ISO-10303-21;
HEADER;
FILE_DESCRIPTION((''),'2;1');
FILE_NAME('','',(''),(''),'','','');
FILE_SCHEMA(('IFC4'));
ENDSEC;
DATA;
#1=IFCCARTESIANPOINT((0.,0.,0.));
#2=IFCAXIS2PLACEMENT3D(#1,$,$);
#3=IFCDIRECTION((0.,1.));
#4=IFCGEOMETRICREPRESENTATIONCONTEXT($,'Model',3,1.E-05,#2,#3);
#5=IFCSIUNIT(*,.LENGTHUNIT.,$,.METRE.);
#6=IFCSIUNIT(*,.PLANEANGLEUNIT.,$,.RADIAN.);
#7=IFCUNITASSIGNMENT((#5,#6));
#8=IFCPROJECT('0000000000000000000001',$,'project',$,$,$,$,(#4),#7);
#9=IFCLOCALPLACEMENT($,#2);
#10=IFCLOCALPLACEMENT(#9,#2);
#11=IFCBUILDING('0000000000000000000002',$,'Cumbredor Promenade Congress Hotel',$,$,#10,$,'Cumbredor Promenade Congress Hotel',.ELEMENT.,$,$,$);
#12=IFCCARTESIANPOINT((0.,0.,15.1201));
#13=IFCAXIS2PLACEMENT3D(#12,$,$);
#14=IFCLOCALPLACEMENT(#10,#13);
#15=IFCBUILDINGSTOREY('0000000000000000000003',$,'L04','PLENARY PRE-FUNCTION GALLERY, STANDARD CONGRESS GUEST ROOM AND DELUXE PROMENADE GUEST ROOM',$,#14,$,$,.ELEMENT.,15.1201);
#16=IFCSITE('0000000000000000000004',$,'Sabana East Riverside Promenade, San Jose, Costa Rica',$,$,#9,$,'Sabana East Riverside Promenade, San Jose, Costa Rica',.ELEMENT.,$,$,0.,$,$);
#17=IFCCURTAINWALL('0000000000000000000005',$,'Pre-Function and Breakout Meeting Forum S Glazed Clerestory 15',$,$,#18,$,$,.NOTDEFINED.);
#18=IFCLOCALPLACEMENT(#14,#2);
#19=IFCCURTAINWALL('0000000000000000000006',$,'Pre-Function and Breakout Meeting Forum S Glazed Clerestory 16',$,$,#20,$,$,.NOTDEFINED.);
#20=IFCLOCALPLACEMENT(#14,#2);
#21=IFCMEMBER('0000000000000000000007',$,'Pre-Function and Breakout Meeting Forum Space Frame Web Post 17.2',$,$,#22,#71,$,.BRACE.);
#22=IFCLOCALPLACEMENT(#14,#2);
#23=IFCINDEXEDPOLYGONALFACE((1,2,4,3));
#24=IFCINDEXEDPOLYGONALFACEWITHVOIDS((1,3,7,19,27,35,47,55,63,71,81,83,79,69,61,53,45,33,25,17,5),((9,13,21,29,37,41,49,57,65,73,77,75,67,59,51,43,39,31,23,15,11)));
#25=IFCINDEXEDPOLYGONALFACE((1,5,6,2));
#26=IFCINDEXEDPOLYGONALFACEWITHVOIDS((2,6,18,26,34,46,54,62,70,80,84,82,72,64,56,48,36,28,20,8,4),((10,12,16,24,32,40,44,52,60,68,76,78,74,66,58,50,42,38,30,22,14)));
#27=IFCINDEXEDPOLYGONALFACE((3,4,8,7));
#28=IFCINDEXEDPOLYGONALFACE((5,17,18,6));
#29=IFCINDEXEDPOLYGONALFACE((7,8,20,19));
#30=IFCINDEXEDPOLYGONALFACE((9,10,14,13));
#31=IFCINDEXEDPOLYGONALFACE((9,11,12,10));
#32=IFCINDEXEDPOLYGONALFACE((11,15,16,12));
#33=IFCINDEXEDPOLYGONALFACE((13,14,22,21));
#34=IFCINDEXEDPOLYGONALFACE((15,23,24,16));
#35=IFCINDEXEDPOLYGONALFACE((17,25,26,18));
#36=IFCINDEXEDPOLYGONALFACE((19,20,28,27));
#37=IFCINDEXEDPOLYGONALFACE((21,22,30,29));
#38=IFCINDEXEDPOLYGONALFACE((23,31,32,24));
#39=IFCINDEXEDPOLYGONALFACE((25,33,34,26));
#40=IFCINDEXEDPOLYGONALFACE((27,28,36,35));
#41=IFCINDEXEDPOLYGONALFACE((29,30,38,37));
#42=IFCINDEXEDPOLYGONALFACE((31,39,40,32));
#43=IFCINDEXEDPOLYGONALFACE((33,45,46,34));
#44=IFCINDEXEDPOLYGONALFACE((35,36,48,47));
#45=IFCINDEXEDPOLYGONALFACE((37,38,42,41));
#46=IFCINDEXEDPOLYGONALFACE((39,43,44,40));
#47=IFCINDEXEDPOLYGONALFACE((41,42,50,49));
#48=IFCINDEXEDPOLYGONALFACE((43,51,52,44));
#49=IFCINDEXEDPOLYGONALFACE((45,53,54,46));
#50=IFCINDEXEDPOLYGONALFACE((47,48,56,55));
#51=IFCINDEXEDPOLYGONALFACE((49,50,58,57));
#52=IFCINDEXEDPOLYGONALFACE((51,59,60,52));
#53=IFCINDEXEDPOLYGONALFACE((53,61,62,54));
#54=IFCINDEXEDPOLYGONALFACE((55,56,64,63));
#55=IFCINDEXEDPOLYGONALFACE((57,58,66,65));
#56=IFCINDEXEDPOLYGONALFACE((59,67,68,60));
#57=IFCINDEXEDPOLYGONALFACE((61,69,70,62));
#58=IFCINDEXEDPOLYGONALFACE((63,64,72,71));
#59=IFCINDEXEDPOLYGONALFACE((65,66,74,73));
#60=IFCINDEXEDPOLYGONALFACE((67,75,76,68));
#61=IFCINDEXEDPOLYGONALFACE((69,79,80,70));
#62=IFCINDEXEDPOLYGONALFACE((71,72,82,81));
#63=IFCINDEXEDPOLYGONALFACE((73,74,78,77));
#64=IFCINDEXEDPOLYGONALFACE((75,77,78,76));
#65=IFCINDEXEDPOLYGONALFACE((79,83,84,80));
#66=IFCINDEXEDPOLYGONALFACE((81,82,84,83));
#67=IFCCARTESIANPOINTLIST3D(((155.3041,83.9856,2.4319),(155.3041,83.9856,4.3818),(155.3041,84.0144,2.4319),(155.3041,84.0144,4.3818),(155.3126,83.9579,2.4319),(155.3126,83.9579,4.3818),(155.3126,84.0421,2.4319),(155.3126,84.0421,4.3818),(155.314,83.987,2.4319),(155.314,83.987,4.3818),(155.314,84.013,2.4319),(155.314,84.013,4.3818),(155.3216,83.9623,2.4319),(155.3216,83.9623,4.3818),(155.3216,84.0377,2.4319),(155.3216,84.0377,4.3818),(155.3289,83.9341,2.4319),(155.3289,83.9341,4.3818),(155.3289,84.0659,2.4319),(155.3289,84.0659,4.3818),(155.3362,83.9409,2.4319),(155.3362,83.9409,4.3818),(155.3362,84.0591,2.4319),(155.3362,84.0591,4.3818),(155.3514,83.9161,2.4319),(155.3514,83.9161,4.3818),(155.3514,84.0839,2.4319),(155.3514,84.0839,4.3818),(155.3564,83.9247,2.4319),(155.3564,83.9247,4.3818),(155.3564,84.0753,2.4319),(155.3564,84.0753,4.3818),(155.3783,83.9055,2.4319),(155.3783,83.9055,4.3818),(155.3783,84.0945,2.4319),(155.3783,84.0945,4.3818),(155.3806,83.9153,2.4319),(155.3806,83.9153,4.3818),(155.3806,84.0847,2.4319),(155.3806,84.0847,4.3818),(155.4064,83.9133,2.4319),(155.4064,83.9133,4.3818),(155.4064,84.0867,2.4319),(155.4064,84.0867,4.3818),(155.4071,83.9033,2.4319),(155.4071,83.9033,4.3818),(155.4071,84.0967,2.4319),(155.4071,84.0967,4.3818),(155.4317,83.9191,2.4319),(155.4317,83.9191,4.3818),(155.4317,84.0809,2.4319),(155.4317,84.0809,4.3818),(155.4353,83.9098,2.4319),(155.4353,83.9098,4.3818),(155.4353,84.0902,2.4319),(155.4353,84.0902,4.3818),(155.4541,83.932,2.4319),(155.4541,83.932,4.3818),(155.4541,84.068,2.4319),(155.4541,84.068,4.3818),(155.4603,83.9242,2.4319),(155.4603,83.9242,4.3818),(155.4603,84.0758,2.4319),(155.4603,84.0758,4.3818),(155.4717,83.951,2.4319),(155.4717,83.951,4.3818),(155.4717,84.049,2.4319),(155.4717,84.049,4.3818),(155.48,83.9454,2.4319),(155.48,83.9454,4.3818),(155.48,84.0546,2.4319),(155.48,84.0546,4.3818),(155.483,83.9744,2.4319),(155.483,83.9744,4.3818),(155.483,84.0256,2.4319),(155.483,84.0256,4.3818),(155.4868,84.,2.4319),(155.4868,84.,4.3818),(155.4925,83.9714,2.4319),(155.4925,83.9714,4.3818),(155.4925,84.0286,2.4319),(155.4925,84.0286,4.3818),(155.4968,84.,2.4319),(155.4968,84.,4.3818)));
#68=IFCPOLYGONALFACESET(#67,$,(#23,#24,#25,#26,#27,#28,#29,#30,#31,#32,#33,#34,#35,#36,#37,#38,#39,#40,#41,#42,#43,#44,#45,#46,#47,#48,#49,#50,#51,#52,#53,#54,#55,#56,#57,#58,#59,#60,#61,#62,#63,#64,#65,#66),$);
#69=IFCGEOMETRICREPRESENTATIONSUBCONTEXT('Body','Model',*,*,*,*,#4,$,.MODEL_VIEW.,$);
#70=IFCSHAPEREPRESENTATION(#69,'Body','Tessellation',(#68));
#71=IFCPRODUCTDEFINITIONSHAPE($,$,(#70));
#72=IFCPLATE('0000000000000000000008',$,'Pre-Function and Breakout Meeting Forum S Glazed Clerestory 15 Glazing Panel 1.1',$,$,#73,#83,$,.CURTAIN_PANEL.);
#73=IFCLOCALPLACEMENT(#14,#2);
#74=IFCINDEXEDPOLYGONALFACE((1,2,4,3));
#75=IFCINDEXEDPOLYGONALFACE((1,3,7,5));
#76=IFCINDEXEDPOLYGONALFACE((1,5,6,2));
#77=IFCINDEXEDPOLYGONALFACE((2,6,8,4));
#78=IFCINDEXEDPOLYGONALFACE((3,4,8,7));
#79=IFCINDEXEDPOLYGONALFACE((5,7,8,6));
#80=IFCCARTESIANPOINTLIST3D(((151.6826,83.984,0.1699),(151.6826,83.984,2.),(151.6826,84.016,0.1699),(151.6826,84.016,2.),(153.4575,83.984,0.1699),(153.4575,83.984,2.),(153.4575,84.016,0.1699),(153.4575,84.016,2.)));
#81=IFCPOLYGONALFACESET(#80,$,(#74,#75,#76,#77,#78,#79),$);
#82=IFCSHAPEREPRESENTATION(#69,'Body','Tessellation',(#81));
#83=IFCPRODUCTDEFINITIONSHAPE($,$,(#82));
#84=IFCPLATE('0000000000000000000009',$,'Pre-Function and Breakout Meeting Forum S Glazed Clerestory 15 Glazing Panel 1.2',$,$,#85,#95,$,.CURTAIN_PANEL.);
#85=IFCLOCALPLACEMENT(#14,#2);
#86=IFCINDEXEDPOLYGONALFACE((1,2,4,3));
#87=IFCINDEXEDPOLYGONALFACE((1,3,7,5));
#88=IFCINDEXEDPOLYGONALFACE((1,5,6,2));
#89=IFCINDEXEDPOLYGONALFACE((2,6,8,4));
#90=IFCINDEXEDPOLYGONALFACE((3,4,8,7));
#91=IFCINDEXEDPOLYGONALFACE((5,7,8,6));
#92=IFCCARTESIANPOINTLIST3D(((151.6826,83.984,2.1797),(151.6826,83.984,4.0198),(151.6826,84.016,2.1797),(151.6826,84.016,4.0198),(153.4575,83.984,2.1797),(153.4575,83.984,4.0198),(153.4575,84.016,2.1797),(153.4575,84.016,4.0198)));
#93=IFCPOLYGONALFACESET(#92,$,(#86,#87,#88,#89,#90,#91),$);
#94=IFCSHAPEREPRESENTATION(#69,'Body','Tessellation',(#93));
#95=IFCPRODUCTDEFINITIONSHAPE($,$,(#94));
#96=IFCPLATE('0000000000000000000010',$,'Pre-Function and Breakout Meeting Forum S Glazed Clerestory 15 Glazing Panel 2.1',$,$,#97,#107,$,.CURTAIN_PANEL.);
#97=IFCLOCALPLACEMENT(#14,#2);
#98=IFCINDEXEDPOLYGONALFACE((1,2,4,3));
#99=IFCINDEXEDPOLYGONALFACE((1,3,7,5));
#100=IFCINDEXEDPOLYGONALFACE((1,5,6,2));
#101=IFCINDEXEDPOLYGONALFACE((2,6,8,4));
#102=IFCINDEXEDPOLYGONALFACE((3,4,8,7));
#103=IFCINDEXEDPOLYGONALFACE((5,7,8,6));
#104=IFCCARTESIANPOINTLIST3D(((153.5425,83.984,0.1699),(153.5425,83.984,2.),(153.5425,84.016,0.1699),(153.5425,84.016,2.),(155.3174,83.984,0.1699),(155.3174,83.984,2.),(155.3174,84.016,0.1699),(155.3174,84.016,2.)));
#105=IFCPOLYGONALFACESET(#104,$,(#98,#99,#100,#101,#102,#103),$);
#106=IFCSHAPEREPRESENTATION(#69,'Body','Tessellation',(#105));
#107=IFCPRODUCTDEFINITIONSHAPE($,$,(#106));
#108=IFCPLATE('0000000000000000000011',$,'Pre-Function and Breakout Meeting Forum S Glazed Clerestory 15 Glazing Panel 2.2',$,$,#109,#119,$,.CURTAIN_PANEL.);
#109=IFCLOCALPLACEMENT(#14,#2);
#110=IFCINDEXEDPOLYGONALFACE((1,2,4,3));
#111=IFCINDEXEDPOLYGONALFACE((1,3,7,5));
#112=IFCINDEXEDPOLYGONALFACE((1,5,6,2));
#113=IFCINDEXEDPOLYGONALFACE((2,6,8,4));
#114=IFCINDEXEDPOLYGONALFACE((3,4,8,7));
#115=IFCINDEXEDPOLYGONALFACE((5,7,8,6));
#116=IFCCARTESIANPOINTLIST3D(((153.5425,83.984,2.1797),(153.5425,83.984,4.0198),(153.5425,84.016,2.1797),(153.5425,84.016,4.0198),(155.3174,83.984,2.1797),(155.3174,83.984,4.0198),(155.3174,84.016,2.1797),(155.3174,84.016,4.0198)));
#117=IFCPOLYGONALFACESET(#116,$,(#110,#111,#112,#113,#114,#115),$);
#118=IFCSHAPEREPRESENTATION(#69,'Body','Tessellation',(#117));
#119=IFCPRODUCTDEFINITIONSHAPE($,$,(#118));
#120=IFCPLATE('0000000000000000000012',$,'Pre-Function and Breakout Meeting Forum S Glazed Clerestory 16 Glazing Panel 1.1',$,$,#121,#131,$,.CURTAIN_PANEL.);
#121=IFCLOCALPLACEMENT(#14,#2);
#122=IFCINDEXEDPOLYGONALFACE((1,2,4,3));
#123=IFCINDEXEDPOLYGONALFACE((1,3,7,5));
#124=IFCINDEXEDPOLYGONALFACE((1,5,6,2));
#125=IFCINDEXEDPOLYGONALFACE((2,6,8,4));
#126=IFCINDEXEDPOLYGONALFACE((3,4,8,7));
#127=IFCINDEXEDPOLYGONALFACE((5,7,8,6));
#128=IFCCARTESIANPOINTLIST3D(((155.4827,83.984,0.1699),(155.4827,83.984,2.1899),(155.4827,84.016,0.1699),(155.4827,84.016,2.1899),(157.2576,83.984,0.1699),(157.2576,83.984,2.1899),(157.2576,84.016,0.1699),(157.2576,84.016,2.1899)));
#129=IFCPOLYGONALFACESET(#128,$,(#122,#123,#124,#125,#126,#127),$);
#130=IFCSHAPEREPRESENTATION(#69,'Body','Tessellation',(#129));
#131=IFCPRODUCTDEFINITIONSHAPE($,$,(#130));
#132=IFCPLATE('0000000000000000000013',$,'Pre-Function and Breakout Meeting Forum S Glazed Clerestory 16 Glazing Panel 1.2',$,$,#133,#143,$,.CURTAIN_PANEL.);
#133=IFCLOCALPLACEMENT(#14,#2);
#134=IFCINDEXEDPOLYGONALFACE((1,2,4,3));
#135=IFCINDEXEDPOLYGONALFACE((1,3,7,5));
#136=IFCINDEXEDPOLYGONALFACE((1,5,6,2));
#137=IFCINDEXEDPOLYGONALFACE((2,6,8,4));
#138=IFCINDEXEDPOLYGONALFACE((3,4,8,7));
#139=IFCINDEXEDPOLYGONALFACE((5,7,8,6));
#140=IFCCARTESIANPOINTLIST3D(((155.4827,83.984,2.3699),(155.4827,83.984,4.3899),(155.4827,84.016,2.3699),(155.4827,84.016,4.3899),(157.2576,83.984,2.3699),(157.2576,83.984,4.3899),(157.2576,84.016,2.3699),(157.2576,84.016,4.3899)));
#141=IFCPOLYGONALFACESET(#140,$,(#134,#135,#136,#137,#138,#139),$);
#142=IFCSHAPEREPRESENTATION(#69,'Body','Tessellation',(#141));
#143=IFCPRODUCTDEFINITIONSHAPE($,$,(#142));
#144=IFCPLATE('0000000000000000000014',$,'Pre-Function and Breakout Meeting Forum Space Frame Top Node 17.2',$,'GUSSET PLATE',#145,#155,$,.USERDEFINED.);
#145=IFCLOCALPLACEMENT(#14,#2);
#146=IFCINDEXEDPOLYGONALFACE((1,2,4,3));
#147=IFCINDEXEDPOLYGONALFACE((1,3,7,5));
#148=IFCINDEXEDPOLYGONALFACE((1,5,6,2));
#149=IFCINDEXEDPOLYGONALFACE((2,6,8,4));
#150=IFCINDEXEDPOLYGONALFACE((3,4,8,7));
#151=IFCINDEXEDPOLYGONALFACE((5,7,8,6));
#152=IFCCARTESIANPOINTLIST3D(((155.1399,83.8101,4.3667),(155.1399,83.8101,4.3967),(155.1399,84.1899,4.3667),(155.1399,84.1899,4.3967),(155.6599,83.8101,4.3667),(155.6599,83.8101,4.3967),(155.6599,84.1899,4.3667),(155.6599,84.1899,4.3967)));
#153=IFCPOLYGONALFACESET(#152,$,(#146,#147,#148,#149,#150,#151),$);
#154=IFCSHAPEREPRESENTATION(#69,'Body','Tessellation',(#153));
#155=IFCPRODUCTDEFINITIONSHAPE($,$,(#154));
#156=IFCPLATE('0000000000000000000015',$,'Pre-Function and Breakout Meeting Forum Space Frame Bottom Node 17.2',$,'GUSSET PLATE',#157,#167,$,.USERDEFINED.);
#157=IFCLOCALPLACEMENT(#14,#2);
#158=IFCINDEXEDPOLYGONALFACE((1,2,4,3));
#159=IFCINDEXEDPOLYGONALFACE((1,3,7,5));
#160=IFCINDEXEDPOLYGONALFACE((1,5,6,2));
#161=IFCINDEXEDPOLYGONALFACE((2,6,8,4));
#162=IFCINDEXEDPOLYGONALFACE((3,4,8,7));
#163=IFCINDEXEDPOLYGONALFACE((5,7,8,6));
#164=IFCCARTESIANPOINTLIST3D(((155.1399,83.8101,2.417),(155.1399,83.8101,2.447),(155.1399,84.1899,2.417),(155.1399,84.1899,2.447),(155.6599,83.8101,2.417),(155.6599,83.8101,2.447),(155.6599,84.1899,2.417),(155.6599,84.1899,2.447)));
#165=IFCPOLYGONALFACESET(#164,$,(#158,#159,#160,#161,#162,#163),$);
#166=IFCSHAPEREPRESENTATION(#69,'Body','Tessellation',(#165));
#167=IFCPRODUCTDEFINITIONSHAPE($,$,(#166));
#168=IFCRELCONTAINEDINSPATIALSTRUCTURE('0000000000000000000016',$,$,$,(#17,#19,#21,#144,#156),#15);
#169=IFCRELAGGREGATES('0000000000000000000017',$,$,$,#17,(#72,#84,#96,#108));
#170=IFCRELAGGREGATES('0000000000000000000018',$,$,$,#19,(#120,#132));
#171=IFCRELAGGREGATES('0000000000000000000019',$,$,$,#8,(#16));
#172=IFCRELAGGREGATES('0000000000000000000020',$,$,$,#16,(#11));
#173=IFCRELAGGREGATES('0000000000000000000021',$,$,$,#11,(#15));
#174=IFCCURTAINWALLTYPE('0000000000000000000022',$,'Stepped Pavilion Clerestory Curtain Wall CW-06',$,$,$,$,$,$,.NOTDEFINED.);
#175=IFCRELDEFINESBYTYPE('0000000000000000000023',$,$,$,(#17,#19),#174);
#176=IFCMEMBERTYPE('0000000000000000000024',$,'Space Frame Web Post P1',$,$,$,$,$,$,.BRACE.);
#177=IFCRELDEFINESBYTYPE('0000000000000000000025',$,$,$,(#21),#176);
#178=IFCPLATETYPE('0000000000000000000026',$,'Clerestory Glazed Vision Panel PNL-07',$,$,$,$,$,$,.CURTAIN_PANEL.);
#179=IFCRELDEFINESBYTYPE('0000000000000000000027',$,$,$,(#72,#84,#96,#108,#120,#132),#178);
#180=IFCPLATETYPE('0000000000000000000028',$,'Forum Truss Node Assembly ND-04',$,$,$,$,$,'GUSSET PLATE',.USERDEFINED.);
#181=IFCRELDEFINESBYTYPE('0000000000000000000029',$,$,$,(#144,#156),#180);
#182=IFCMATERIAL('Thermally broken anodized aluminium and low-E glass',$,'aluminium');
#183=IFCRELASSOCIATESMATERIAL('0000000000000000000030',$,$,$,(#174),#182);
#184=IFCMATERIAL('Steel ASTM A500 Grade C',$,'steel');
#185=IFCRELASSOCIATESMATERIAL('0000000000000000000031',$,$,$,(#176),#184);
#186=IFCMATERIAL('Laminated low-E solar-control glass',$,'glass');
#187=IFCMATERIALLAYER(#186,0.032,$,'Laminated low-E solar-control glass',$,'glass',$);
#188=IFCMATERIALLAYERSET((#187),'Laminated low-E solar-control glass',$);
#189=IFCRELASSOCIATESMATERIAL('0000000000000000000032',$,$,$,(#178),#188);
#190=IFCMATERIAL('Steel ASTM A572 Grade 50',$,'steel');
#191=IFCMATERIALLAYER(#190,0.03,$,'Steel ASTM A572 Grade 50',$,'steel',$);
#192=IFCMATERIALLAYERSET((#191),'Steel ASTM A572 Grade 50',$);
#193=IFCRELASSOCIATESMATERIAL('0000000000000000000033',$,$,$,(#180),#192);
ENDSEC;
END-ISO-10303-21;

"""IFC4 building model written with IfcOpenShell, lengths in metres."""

from ifc_helpers import new_model, si_unit, direction, frame, origin, origin_2d, place, context, subcontext, project, spatial, rectangle, hollow_circle, extrude, material, layer, layer_set, material_profile, profile_set, type_object, element, aggregate, save


model = new_model("IFC4")

# Units and contexts
model_context = context("Model", 3, precision=1e-05, world=origin(), true_north=direction((0.0, 1.0)))
body_context = subcontext(model_context, "Body", "Model", "MODEL_VIEW")
ifc_project = project(units=[si_unit("LENGTHUNIT", "METRE"), si_unit("PLANEANGLEUNIT", "RADIAN")], contexts=[model_context])

# Site, building, storey
site_placement = place(None, origin())
site = spatial("IfcSite", under=ifc_project, at=site_placement, Name="Sabana East Riverside Promenade, San Jose, Costa Rica", LongName="Sabana East Riverside Promenade, San Jose, Costa Rica", CompositionType="ELEMENT", RefElevation=0.0)
building_placement = place(site_placement, origin())
building = spatial("IfcBuilding", under=site, at=building_placement, Name="Cumbredor Promenade Congress Hotel", LongName="Cumbredor Promenade Congress Hotel", CompositionType="ELEMENT")
storey_placement = place(building_placement, frame((0.0, 0.0, 15.1201)))
storey = spatial("IfcBuildingStorey", under=building, at=storey_placement, Name="L04", Description="PLENARY PRE-FUNCTION GALLERY, STANDARD CONGRESS GUEST ROOM AND DELUXE PROMENADE GUEST ROOM", CompositionType="ELEMENT", Elevation=15.1201)

# Curtain wall
ifc_material_1 = material(Name="Thermally broken anodized aluminium and low-E glass", Category="aluminium")
curtain_wall_type = type_object("IfcCurtainWallType", Name="Stepped Pavilion Clerestory Curtain Wall CW-06", PredefinedType="NOTDEFINED", material=ifc_material_1)
curtain_wall_1_placement = place(storey_placement, origin())
curtain_wall_1 = element("IfcCurtainWall", 1, at=curtain_wall_1_placement, inside=storey, type_object=curtain_wall_type, Name="Pre-Function and Breakout Meeting Forum S Glazed Clerestory 15", PredefinedType="NOTDEFINED")

# Curtain wall
curtain_wall_2_placement = place(storey_placement, origin())
curtain_wall_2 = element("IfcCurtainWall", 2, at=curtain_wall_2_placement, inside=storey, type_object=curtain_wall_type, Name="Pre-Function and Breakout Meeting Forum S Glazed Clerestory 16", PredefinedType="NOTDEFINED")

# Member
ifc_material_2 = material(Name="Steel ASTM A500 Grade C", Category="steel")
ifc_material_profile_1 = material_profile(ifc_material_2, hollow_circle(Radius=0.0969, WallThickness=0.01, at=origin_2d()), Name="CHS 193.7x10")
ifc_profile_set_1 = profile_set([ifc_material_profile_1], Name="Steel ASTM A500 Grade C")
member_type_1 = type_object("IfcMemberType", Name="Space Frame Web Post P1", PredefinedType="BRACE", material=ifc_profile_set_1)
member_1_placement = place(storey_placement, frame((155.3999, 84.0, 2.4319), z_axis=(0.0, 0.0, 1.0), x_axis=(1.0, 0.0, 0.0)))
element("IfcMember", 3, at=member_1_placement, inside=storey, type_object=member_type_1, Name="Pre-Function and Breakout Meeting Forum Space Frame Web Post 17.2", PredefinedType="BRACE", context=body_context, shape_type="SweptSolid", body=[
    extrude(hollow_circle(Radius=0.0969, WallThickness=0.01, at=origin_2d()), origin(), (0.0, 0.0, 1.0), 1.95),
])

# Plates
ifc_material_3 = material(Name="Laminated low-E solar-control glass", Category="glass")
ifc_layer_1 = layer(ifc_material_3, 0.032, Name="Laminated low-E solar-control glass", Category="glass")
ifc_layer_set_1 = layer_set([ifc_layer_1], Name="Laminated low-E solar-control glass")
plate_type_1 = type_object("IfcPlateType", Name="Clerestory Glazed Vision Panel PNL-07", PredefinedType="CURTAIN_PANEL", material=ifc_layer_set_1)
plate_1_placement = place(storey_placement, frame((152.5701, 84.0, 0.1699), z_axis=(0.0, 0.0, 1.0), x_axis=(1.0, 0.0, 0.0)))
plate_1 = element("IfcPlate", 4, at=plate_1_placement, type_object=plate_type_1, Name="Pre-Function and Breakout Meeting Forum S Glazed Clerestory 15 Glazing Panel 1.1", PredefinedType="CURTAIN_PANEL", context=body_context, shape_type="SweptSolid", body=[
    extrude(rectangle(XDim=1.7749, YDim=0.032, at=origin_2d()), origin(), (0.0, 0.0, 1.0), 1.8301),
])
plate_2_placement = place(storey_placement, frame((152.5701, 84.0, 2.1797), z_axis=(0.0, 0.0, 1.0), x_axis=(1.0, 0.0, 0.0)))
plate_2 = element("IfcPlate", 5, at=plate_2_placement, type_object=plate_type_1, Name="Pre-Function and Breakout Meeting Forum S Glazed Clerestory 15 Glazing Panel 1.2", PredefinedType="CURTAIN_PANEL", context=body_context, shape_type="SweptSolid", body=[
    extrude(rectangle(XDim=1.7749, YDim=0.032, at=origin_2d()), origin(), (0.0, 0.0, 1.0), 1.8401),
])
plate_3_placement = place(storey_placement, frame((154.4299, 84.0, 0.1699), z_axis=(0.0, 0.0, 1.0), x_axis=(1.0, 0.0, 0.0)))
plate_3 = element("IfcPlate", 6, at=plate_3_placement, type_object=plate_type_1, Name="Pre-Function and Breakout Meeting Forum S Glazed Clerestory 15 Glazing Panel 2.1", PredefinedType="CURTAIN_PANEL", context=body_context, shape_type="SweptSolid", body=[
    extrude(rectangle(XDim=1.7749, YDim=0.032, at=origin_2d()), origin(), (0.0, 0.0, 1.0), 1.8301),
])
plate_4_placement = place(storey_placement, frame((154.4299, 84.0, 2.1797), z_axis=(0.0, 0.0, 1.0), x_axis=(1.0, 0.0, 0.0)))
plate_4 = element("IfcPlate", 7, at=plate_4_placement, type_object=plate_type_1, Name="Pre-Function and Breakout Meeting Forum S Glazed Clerestory 15 Glazing Panel 2.2", PredefinedType="CURTAIN_PANEL", context=body_context, shape_type="SweptSolid", body=[
    extrude(rectangle(XDim=1.7749, YDim=0.032, at=origin_2d()), origin(), (0.0, 0.0, 1.0), 1.8401),
])
aggregate(curtain_wall_1, [plate_1, plate_2, plate_3, plate_4])
plate_5_placement = place(storey_placement, frame((156.3701, 84.0, 0.1699), z_axis=(0.0, 0.0, 1.0), x_axis=(1.0, 0.0, 0.0)))
plate_5 = element("IfcPlate", 8, at=plate_5_placement, type_object=plate_type_1, Name="Pre-Function and Breakout Meeting Forum S Glazed Clerestory 16 Glazing Panel 1.1", PredefinedType="CURTAIN_PANEL", context=body_context, shape_type="SweptSolid", body=[
    extrude(rectangle(XDim=1.7749, YDim=0.032, at=origin_2d()), origin(), (0.0, 0.0, 1.0), 2.02),
])
plate_6_placement = place(storey_placement, frame((156.3701, 84.0, 2.3699), z_axis=(0.0, 0.0, 1.0), x_axis=(1.0, 0.0, 0.0)))
plate_6 = element("IfcPlate", 9, at=plate_6_placement, type_object=plate_type_1, Name="Pre-Function and Breakout Meeting Forum S Glazed Clerestory 16 Glazing Panel 1.2", PredefinedType="CURTAIN_PANEL", context=body_context, shape_type="SweptSolid", body=[
    extrude(rectangle(XDim=1.7749, YDim=0.032, at=origin_2d()), origin(), (0.0, 0.0, 1.0), 2.02),
])
aggregate(curtain_wall_2, [plate_5, plate_6])

# Plates
ifc_material_4 = material(Name="Steel ASTM A572 Grade 50", Category="steel")
ifc_layer_2 = layer(ifc_material_4, 0.03, Name="Steel ASTM A572 Grade 50", Category="steel")
ifc_layer_set_2 = layer_set([ifc_layer_2], Name="Steel ASTM A572 Grade 50")
plate_type_2 = type_object("IfcPlateType", Name="Forum Truss Node Assembly ND-04", ElementType="GUSSET PLATE", PredefinedType="USERDEFINED", material=ifc_layer_set_2)
for number, where, z_axis, x_axis, name in (
    (10, (155.3999, 84.0, 4.3667), (0.0, 0.0, 1.0), (1.0, 0.0, 0.0), "Pre-Function and Breakout Meeting Forum Space Frame Top Node 17.2"),
    (11, (155.3999, 84.0, 2.417), (0.0, 0.0, 1.0), (1.0, 0.0, 0.0), "Pre-Function and Breakout Meeting Forum Space Frame Bottom Node 17.2"),
):
    element("IfcPlate", number, at=place(storey_placement, frame(where, z_axis=z_axis, x_axis=x_axis)), inside=storey, type_object=plate_type_2, Name=name, ObjectType="GUSSET PLATE", PredefinedType="USERDEFINED", context=body_context, shape_type="SweptSolid", body=[
        extrude(rectangle(XDim=0.52, YDim=0.3799, at=origin_2d()), origin(), (0.0, 0.0, 1.0), 0.03),
    ])

save(model, "model.ifc")
